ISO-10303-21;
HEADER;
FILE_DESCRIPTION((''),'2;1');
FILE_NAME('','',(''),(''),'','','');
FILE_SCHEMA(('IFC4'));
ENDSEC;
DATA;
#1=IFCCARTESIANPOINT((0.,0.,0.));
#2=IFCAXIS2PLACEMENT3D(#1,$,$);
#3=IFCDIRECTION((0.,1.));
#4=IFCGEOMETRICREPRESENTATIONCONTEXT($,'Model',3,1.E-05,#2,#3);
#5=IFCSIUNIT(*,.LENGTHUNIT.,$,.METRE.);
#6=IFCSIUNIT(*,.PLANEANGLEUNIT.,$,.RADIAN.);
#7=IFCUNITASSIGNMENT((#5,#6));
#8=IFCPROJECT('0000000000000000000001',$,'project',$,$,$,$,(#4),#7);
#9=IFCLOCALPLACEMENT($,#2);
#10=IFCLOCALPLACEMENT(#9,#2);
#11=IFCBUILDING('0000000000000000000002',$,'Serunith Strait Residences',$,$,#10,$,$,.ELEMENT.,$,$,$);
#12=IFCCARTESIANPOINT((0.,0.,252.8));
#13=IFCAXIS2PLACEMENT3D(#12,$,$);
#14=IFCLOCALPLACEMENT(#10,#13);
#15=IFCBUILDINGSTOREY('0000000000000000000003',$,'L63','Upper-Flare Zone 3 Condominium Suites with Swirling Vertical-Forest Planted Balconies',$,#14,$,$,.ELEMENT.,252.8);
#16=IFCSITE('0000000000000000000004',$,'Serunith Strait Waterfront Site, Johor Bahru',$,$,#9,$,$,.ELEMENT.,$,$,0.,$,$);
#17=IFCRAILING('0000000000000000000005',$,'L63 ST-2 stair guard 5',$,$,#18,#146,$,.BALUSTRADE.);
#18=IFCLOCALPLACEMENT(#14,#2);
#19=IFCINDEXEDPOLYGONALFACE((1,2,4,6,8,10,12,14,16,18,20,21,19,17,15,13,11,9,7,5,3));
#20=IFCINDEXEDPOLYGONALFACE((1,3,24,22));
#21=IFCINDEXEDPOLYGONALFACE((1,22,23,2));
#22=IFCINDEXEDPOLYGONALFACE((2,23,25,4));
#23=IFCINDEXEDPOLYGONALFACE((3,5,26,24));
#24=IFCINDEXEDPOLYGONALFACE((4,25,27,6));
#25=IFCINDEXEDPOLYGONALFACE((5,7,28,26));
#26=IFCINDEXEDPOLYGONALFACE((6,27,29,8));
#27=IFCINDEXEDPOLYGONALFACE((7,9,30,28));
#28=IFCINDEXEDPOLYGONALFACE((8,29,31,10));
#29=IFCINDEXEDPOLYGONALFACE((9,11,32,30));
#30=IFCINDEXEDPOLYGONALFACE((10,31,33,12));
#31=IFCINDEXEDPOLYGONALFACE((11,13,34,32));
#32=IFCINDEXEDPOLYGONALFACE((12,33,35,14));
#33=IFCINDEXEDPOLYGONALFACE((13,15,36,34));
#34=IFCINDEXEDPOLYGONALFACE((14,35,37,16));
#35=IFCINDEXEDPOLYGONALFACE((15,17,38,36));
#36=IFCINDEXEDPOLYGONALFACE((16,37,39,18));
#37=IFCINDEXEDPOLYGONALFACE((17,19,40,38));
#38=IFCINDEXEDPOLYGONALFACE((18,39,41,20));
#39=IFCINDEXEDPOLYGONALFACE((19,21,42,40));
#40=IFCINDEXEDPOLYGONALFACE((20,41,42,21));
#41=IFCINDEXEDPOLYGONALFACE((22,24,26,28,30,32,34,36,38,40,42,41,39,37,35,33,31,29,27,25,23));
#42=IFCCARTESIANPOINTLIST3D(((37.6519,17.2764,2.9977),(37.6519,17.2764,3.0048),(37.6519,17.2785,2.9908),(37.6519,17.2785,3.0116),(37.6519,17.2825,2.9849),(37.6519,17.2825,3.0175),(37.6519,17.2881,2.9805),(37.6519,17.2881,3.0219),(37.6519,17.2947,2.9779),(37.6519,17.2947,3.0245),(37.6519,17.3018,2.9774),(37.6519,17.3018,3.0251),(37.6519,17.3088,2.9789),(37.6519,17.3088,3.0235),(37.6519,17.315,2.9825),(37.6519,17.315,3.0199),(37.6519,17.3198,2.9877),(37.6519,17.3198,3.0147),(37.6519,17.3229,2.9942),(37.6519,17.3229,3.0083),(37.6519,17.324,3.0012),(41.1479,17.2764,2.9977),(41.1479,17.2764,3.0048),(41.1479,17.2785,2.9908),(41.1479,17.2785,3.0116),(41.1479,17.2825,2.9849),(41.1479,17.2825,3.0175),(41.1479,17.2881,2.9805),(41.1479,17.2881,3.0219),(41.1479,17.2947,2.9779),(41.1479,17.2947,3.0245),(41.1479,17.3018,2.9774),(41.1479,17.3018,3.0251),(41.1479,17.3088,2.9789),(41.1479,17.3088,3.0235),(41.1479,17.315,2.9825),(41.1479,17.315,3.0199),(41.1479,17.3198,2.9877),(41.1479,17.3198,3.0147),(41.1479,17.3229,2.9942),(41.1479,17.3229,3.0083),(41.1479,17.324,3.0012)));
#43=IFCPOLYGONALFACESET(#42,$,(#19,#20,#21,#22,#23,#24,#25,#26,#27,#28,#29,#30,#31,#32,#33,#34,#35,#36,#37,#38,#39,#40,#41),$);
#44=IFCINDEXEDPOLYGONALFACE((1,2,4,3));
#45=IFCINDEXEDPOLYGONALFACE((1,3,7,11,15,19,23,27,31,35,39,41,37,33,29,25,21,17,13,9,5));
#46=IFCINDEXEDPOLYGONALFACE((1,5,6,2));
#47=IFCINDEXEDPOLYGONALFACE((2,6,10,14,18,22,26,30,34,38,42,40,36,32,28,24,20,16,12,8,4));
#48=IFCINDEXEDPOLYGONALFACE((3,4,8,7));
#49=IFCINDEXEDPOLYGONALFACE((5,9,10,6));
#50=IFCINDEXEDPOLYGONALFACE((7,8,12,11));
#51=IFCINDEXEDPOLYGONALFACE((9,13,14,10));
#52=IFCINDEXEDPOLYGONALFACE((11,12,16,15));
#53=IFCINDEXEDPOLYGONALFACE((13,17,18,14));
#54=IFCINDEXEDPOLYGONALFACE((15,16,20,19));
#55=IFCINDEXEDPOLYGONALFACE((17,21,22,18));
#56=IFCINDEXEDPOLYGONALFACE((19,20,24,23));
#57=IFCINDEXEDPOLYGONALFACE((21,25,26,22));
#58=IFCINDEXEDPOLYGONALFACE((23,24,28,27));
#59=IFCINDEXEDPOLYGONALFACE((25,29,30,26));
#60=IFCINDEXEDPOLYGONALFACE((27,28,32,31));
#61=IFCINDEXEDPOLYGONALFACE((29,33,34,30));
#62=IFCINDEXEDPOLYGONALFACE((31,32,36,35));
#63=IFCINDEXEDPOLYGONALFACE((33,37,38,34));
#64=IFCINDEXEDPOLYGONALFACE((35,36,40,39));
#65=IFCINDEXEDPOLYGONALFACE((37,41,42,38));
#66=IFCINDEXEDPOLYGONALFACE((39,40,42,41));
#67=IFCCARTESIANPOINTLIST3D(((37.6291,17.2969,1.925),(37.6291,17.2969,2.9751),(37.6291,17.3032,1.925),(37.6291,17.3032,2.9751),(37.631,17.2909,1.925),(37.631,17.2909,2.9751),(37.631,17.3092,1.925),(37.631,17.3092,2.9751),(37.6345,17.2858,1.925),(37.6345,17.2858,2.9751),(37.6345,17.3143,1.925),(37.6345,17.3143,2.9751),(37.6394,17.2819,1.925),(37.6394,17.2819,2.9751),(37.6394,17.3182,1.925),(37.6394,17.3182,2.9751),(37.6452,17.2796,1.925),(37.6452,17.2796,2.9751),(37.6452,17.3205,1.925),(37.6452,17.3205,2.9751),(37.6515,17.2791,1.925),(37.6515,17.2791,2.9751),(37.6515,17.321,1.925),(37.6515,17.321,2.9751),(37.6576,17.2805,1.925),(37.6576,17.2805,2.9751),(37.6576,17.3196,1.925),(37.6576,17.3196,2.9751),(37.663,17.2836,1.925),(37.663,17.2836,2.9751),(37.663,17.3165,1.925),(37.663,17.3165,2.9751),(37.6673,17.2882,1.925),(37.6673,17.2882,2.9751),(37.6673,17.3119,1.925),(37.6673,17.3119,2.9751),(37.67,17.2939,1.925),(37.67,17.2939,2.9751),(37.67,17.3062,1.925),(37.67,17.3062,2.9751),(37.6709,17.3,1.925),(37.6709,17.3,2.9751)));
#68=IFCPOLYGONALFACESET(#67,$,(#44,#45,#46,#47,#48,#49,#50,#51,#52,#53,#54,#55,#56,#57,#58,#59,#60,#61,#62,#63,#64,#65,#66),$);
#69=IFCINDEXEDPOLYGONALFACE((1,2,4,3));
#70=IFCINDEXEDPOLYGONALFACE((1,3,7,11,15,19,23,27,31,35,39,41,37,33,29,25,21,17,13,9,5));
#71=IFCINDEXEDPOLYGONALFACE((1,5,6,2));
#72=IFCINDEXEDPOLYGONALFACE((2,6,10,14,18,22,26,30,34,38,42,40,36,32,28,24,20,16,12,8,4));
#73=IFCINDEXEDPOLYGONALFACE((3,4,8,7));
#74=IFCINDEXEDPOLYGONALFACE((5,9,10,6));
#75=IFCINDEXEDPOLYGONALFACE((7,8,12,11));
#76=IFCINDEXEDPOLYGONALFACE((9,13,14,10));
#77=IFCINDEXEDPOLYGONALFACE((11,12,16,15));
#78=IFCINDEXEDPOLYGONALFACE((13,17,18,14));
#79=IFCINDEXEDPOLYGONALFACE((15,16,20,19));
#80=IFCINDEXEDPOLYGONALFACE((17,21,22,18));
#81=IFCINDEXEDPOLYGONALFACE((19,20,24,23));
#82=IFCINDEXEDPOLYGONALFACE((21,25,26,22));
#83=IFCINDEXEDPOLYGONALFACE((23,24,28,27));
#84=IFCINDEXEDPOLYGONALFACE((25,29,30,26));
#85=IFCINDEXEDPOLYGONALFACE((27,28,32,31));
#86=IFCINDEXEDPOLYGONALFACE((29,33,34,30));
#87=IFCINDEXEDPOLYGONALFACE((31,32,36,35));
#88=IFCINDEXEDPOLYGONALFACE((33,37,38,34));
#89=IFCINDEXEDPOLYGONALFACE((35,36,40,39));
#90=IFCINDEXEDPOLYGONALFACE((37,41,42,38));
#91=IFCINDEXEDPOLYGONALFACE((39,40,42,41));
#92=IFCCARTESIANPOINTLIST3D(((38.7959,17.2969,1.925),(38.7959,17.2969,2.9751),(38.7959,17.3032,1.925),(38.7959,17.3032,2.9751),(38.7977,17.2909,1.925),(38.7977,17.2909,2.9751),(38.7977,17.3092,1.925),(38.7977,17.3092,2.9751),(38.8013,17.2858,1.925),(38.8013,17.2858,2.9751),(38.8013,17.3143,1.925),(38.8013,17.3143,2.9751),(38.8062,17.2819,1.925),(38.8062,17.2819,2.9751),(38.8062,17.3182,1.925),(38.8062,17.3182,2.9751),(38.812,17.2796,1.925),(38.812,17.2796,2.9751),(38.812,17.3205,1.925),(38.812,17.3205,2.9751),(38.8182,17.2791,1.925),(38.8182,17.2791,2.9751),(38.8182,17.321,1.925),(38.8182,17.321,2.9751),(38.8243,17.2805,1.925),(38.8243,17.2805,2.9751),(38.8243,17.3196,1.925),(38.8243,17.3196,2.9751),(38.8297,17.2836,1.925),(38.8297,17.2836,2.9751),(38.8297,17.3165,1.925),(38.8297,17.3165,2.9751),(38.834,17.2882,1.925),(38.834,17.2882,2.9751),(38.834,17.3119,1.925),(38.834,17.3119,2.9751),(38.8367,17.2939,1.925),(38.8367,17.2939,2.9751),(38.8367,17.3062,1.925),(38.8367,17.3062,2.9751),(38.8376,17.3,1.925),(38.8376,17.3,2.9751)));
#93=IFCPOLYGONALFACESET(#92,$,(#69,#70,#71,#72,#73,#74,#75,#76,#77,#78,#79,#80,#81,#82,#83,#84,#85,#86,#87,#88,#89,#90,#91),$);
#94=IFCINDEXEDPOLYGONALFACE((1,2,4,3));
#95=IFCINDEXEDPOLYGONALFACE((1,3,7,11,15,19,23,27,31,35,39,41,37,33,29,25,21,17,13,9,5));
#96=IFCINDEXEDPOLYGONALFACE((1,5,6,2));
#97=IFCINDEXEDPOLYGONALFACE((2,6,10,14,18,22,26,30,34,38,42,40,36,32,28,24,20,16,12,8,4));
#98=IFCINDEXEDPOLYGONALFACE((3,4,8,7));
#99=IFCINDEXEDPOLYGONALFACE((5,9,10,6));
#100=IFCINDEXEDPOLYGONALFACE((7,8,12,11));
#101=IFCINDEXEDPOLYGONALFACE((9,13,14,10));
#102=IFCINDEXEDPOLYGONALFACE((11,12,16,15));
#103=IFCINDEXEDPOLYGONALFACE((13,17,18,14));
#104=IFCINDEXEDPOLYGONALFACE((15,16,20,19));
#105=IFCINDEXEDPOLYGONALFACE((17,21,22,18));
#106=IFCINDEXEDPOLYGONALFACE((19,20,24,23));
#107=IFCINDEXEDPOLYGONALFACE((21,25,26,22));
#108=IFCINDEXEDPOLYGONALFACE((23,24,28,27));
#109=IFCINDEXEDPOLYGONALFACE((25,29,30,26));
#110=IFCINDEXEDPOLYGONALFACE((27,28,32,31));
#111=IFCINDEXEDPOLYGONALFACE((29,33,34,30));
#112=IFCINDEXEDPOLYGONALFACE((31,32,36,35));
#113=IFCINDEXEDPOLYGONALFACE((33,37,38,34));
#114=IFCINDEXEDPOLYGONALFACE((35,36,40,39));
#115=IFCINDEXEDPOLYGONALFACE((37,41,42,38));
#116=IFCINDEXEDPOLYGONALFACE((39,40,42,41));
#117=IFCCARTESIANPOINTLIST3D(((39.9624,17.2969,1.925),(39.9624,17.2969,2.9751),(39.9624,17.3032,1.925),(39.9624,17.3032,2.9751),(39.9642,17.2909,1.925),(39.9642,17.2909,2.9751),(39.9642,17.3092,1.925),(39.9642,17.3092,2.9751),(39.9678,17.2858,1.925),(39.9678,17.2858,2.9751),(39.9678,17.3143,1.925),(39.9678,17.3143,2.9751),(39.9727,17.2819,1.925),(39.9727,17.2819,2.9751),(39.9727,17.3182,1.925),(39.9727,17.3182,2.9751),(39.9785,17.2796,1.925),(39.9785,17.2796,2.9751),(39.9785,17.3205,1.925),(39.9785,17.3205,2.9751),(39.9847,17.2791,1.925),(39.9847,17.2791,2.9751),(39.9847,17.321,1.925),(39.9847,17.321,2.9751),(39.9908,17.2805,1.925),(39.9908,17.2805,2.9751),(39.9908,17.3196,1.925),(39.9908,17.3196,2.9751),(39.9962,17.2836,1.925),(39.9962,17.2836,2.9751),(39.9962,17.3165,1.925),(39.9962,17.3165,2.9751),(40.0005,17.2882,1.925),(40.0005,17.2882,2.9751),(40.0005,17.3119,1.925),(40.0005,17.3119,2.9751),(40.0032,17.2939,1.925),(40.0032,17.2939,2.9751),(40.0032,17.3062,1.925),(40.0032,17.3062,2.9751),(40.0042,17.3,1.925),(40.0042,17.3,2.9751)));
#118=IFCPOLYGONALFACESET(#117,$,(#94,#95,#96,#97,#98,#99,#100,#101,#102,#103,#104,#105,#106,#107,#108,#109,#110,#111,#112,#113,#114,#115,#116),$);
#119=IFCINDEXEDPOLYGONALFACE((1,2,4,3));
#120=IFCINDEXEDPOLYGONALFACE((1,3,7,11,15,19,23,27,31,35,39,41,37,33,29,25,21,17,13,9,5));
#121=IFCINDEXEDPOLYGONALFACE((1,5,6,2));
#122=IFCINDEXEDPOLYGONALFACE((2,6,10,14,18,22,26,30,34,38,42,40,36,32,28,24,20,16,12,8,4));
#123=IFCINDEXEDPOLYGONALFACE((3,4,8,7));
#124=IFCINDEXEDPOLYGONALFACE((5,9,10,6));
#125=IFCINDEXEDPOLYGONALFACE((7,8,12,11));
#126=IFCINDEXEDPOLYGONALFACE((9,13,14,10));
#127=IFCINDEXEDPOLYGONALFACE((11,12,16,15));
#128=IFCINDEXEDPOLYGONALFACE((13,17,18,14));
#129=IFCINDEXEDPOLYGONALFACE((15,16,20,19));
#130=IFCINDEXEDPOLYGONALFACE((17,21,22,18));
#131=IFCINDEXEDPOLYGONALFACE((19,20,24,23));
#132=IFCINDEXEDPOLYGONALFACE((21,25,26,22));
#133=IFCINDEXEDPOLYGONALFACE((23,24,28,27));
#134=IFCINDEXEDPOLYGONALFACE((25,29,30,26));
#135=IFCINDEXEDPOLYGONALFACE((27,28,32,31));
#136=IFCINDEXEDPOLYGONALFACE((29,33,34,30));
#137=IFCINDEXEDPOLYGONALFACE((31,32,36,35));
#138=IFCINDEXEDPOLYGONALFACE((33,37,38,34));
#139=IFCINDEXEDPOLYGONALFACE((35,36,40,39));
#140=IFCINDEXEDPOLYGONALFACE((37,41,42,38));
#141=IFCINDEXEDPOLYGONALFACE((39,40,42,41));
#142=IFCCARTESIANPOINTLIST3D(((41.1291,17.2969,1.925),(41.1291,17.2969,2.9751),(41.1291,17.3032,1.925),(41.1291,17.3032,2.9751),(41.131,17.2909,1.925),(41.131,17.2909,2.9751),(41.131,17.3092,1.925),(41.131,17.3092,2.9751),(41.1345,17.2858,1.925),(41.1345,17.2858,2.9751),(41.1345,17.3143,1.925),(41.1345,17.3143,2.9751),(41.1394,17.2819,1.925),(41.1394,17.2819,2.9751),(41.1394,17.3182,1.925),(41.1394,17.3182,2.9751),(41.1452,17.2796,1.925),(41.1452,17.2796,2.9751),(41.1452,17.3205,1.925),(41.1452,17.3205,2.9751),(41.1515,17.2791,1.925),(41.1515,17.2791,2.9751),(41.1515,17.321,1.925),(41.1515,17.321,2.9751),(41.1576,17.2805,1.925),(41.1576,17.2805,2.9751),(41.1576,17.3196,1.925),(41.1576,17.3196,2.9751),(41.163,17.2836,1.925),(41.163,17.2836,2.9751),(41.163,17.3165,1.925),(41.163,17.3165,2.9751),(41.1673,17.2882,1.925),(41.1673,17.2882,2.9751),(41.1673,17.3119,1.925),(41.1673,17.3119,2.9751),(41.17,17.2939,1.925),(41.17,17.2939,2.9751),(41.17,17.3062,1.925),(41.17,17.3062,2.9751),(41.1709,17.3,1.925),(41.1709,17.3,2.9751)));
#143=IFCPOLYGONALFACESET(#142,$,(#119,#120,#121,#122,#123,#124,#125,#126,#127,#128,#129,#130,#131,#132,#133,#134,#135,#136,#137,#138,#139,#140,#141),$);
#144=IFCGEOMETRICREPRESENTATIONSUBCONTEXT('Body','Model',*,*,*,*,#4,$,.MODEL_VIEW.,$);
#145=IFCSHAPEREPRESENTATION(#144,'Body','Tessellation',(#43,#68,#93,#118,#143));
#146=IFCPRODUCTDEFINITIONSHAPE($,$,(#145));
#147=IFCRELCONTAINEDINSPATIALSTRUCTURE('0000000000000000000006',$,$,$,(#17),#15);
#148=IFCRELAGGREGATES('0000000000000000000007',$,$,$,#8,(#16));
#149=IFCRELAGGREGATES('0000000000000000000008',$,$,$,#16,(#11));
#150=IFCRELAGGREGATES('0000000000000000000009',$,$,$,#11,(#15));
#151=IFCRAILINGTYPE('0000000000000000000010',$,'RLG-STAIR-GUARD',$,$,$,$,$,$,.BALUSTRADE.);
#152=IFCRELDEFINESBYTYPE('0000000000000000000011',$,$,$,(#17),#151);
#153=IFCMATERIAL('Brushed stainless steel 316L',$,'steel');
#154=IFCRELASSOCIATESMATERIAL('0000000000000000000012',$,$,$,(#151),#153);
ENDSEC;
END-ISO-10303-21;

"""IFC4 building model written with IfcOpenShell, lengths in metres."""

from ifc_helpers import new_model, si_unit, direction, frame, origin, origin_2d, place, context, subcontext, project, spatial, circle, extrude, material, type_object, element, save


model = new_model("IFC4")

# Units and contexts
model_context = context("Model", 3, precision=1e-05, world=origin(), true_north=direction((0.0, 1.0)))
body_context = subcontext(model_context, "Body", "Model", "MODEL_VIEW")
ifc_project = project(units=[si_unit("LENGTHUNIT", "METRE"), si_unit("PLANEANGLEUNIT", "RADIAN")], contexts=[model_context])

# Site, building, storey
site_placement = place(None, origin())
site = spatial("IfcSite", under=ifc_project, at=site_placement, Name="Serunith Strait Waterfront Site, Johor Bahru", CompositionType="ELEMENT", RefElevation=0.0)
building_placement = place(site_placement, origin())
building = spatial("IfcBuilding", under=site, at=building_placement, Name="Serunith Strait Residences", CompositionType="ELEMENT")
storey_placement = place(building_placement, frame((0.0, 0.0, 252.8)))
storey = spatial("IfcBuildingStorey", under=building, at=storey_placement, Name="L63", Description="Upper-Flare Zone 3 Condominium Suites with Swirling Vertical-Forest Planted Balconies", CompositionType="ELEMENT", Elevation=252.8)

# Railing
ifc_material_1 = material(Name="Brushed stainless steel 316L", Category="steel")
railing_type_1 = type_object("IfcRailingType", Name="RLG-STAIR-GUARD", PredefinedType="BALUSTRADE", material=ifc_material_1)
railing_1_placement = place(storey_placement, frame((37.6499, 17.3, 1.925)))
element("IfcRailing", 1, at=railing_1_placement, inside=storey, type_object=railing_type_1, Name="L63 ST-2 stair guard 5", PredefinedType="BALUSTRADE", context=body_context, shape_type="SweptSolid", body=[
    extrude(circle(Radius=0.0239, at=origin_2d()), frame((0.002, 0.0, 1.0762), z_axis=(1.0, 0.0, 0.0), x_axis=(0.0, 1.0, 0.0)), (0.0, 0.0, 1.0), 3.4961),
    extrude(circle(Radius=0.021, at=origin_2d()), origin(), (0.0, 0.0, 1.0), 1.05),
    extrude(circle(Radius=0.021, at=origin_2d()), frame((1.1667, 0.0, 0.0)), (0.0, 0.0, 1.0), 1.05),
    extrude(circle(Radius=0.021, at=origin_2d()), frame((2.3333, 0.0, 0.0)), (0.0, 0.0, 1.0), 1.05),
    extrude(circle(Radius=0.021, at=origin_2d()), frame((3.5, 0.0, 0.0)), (0.0, 0.0, 1.0), 1.05),
])

save(model, "model.ifc")
